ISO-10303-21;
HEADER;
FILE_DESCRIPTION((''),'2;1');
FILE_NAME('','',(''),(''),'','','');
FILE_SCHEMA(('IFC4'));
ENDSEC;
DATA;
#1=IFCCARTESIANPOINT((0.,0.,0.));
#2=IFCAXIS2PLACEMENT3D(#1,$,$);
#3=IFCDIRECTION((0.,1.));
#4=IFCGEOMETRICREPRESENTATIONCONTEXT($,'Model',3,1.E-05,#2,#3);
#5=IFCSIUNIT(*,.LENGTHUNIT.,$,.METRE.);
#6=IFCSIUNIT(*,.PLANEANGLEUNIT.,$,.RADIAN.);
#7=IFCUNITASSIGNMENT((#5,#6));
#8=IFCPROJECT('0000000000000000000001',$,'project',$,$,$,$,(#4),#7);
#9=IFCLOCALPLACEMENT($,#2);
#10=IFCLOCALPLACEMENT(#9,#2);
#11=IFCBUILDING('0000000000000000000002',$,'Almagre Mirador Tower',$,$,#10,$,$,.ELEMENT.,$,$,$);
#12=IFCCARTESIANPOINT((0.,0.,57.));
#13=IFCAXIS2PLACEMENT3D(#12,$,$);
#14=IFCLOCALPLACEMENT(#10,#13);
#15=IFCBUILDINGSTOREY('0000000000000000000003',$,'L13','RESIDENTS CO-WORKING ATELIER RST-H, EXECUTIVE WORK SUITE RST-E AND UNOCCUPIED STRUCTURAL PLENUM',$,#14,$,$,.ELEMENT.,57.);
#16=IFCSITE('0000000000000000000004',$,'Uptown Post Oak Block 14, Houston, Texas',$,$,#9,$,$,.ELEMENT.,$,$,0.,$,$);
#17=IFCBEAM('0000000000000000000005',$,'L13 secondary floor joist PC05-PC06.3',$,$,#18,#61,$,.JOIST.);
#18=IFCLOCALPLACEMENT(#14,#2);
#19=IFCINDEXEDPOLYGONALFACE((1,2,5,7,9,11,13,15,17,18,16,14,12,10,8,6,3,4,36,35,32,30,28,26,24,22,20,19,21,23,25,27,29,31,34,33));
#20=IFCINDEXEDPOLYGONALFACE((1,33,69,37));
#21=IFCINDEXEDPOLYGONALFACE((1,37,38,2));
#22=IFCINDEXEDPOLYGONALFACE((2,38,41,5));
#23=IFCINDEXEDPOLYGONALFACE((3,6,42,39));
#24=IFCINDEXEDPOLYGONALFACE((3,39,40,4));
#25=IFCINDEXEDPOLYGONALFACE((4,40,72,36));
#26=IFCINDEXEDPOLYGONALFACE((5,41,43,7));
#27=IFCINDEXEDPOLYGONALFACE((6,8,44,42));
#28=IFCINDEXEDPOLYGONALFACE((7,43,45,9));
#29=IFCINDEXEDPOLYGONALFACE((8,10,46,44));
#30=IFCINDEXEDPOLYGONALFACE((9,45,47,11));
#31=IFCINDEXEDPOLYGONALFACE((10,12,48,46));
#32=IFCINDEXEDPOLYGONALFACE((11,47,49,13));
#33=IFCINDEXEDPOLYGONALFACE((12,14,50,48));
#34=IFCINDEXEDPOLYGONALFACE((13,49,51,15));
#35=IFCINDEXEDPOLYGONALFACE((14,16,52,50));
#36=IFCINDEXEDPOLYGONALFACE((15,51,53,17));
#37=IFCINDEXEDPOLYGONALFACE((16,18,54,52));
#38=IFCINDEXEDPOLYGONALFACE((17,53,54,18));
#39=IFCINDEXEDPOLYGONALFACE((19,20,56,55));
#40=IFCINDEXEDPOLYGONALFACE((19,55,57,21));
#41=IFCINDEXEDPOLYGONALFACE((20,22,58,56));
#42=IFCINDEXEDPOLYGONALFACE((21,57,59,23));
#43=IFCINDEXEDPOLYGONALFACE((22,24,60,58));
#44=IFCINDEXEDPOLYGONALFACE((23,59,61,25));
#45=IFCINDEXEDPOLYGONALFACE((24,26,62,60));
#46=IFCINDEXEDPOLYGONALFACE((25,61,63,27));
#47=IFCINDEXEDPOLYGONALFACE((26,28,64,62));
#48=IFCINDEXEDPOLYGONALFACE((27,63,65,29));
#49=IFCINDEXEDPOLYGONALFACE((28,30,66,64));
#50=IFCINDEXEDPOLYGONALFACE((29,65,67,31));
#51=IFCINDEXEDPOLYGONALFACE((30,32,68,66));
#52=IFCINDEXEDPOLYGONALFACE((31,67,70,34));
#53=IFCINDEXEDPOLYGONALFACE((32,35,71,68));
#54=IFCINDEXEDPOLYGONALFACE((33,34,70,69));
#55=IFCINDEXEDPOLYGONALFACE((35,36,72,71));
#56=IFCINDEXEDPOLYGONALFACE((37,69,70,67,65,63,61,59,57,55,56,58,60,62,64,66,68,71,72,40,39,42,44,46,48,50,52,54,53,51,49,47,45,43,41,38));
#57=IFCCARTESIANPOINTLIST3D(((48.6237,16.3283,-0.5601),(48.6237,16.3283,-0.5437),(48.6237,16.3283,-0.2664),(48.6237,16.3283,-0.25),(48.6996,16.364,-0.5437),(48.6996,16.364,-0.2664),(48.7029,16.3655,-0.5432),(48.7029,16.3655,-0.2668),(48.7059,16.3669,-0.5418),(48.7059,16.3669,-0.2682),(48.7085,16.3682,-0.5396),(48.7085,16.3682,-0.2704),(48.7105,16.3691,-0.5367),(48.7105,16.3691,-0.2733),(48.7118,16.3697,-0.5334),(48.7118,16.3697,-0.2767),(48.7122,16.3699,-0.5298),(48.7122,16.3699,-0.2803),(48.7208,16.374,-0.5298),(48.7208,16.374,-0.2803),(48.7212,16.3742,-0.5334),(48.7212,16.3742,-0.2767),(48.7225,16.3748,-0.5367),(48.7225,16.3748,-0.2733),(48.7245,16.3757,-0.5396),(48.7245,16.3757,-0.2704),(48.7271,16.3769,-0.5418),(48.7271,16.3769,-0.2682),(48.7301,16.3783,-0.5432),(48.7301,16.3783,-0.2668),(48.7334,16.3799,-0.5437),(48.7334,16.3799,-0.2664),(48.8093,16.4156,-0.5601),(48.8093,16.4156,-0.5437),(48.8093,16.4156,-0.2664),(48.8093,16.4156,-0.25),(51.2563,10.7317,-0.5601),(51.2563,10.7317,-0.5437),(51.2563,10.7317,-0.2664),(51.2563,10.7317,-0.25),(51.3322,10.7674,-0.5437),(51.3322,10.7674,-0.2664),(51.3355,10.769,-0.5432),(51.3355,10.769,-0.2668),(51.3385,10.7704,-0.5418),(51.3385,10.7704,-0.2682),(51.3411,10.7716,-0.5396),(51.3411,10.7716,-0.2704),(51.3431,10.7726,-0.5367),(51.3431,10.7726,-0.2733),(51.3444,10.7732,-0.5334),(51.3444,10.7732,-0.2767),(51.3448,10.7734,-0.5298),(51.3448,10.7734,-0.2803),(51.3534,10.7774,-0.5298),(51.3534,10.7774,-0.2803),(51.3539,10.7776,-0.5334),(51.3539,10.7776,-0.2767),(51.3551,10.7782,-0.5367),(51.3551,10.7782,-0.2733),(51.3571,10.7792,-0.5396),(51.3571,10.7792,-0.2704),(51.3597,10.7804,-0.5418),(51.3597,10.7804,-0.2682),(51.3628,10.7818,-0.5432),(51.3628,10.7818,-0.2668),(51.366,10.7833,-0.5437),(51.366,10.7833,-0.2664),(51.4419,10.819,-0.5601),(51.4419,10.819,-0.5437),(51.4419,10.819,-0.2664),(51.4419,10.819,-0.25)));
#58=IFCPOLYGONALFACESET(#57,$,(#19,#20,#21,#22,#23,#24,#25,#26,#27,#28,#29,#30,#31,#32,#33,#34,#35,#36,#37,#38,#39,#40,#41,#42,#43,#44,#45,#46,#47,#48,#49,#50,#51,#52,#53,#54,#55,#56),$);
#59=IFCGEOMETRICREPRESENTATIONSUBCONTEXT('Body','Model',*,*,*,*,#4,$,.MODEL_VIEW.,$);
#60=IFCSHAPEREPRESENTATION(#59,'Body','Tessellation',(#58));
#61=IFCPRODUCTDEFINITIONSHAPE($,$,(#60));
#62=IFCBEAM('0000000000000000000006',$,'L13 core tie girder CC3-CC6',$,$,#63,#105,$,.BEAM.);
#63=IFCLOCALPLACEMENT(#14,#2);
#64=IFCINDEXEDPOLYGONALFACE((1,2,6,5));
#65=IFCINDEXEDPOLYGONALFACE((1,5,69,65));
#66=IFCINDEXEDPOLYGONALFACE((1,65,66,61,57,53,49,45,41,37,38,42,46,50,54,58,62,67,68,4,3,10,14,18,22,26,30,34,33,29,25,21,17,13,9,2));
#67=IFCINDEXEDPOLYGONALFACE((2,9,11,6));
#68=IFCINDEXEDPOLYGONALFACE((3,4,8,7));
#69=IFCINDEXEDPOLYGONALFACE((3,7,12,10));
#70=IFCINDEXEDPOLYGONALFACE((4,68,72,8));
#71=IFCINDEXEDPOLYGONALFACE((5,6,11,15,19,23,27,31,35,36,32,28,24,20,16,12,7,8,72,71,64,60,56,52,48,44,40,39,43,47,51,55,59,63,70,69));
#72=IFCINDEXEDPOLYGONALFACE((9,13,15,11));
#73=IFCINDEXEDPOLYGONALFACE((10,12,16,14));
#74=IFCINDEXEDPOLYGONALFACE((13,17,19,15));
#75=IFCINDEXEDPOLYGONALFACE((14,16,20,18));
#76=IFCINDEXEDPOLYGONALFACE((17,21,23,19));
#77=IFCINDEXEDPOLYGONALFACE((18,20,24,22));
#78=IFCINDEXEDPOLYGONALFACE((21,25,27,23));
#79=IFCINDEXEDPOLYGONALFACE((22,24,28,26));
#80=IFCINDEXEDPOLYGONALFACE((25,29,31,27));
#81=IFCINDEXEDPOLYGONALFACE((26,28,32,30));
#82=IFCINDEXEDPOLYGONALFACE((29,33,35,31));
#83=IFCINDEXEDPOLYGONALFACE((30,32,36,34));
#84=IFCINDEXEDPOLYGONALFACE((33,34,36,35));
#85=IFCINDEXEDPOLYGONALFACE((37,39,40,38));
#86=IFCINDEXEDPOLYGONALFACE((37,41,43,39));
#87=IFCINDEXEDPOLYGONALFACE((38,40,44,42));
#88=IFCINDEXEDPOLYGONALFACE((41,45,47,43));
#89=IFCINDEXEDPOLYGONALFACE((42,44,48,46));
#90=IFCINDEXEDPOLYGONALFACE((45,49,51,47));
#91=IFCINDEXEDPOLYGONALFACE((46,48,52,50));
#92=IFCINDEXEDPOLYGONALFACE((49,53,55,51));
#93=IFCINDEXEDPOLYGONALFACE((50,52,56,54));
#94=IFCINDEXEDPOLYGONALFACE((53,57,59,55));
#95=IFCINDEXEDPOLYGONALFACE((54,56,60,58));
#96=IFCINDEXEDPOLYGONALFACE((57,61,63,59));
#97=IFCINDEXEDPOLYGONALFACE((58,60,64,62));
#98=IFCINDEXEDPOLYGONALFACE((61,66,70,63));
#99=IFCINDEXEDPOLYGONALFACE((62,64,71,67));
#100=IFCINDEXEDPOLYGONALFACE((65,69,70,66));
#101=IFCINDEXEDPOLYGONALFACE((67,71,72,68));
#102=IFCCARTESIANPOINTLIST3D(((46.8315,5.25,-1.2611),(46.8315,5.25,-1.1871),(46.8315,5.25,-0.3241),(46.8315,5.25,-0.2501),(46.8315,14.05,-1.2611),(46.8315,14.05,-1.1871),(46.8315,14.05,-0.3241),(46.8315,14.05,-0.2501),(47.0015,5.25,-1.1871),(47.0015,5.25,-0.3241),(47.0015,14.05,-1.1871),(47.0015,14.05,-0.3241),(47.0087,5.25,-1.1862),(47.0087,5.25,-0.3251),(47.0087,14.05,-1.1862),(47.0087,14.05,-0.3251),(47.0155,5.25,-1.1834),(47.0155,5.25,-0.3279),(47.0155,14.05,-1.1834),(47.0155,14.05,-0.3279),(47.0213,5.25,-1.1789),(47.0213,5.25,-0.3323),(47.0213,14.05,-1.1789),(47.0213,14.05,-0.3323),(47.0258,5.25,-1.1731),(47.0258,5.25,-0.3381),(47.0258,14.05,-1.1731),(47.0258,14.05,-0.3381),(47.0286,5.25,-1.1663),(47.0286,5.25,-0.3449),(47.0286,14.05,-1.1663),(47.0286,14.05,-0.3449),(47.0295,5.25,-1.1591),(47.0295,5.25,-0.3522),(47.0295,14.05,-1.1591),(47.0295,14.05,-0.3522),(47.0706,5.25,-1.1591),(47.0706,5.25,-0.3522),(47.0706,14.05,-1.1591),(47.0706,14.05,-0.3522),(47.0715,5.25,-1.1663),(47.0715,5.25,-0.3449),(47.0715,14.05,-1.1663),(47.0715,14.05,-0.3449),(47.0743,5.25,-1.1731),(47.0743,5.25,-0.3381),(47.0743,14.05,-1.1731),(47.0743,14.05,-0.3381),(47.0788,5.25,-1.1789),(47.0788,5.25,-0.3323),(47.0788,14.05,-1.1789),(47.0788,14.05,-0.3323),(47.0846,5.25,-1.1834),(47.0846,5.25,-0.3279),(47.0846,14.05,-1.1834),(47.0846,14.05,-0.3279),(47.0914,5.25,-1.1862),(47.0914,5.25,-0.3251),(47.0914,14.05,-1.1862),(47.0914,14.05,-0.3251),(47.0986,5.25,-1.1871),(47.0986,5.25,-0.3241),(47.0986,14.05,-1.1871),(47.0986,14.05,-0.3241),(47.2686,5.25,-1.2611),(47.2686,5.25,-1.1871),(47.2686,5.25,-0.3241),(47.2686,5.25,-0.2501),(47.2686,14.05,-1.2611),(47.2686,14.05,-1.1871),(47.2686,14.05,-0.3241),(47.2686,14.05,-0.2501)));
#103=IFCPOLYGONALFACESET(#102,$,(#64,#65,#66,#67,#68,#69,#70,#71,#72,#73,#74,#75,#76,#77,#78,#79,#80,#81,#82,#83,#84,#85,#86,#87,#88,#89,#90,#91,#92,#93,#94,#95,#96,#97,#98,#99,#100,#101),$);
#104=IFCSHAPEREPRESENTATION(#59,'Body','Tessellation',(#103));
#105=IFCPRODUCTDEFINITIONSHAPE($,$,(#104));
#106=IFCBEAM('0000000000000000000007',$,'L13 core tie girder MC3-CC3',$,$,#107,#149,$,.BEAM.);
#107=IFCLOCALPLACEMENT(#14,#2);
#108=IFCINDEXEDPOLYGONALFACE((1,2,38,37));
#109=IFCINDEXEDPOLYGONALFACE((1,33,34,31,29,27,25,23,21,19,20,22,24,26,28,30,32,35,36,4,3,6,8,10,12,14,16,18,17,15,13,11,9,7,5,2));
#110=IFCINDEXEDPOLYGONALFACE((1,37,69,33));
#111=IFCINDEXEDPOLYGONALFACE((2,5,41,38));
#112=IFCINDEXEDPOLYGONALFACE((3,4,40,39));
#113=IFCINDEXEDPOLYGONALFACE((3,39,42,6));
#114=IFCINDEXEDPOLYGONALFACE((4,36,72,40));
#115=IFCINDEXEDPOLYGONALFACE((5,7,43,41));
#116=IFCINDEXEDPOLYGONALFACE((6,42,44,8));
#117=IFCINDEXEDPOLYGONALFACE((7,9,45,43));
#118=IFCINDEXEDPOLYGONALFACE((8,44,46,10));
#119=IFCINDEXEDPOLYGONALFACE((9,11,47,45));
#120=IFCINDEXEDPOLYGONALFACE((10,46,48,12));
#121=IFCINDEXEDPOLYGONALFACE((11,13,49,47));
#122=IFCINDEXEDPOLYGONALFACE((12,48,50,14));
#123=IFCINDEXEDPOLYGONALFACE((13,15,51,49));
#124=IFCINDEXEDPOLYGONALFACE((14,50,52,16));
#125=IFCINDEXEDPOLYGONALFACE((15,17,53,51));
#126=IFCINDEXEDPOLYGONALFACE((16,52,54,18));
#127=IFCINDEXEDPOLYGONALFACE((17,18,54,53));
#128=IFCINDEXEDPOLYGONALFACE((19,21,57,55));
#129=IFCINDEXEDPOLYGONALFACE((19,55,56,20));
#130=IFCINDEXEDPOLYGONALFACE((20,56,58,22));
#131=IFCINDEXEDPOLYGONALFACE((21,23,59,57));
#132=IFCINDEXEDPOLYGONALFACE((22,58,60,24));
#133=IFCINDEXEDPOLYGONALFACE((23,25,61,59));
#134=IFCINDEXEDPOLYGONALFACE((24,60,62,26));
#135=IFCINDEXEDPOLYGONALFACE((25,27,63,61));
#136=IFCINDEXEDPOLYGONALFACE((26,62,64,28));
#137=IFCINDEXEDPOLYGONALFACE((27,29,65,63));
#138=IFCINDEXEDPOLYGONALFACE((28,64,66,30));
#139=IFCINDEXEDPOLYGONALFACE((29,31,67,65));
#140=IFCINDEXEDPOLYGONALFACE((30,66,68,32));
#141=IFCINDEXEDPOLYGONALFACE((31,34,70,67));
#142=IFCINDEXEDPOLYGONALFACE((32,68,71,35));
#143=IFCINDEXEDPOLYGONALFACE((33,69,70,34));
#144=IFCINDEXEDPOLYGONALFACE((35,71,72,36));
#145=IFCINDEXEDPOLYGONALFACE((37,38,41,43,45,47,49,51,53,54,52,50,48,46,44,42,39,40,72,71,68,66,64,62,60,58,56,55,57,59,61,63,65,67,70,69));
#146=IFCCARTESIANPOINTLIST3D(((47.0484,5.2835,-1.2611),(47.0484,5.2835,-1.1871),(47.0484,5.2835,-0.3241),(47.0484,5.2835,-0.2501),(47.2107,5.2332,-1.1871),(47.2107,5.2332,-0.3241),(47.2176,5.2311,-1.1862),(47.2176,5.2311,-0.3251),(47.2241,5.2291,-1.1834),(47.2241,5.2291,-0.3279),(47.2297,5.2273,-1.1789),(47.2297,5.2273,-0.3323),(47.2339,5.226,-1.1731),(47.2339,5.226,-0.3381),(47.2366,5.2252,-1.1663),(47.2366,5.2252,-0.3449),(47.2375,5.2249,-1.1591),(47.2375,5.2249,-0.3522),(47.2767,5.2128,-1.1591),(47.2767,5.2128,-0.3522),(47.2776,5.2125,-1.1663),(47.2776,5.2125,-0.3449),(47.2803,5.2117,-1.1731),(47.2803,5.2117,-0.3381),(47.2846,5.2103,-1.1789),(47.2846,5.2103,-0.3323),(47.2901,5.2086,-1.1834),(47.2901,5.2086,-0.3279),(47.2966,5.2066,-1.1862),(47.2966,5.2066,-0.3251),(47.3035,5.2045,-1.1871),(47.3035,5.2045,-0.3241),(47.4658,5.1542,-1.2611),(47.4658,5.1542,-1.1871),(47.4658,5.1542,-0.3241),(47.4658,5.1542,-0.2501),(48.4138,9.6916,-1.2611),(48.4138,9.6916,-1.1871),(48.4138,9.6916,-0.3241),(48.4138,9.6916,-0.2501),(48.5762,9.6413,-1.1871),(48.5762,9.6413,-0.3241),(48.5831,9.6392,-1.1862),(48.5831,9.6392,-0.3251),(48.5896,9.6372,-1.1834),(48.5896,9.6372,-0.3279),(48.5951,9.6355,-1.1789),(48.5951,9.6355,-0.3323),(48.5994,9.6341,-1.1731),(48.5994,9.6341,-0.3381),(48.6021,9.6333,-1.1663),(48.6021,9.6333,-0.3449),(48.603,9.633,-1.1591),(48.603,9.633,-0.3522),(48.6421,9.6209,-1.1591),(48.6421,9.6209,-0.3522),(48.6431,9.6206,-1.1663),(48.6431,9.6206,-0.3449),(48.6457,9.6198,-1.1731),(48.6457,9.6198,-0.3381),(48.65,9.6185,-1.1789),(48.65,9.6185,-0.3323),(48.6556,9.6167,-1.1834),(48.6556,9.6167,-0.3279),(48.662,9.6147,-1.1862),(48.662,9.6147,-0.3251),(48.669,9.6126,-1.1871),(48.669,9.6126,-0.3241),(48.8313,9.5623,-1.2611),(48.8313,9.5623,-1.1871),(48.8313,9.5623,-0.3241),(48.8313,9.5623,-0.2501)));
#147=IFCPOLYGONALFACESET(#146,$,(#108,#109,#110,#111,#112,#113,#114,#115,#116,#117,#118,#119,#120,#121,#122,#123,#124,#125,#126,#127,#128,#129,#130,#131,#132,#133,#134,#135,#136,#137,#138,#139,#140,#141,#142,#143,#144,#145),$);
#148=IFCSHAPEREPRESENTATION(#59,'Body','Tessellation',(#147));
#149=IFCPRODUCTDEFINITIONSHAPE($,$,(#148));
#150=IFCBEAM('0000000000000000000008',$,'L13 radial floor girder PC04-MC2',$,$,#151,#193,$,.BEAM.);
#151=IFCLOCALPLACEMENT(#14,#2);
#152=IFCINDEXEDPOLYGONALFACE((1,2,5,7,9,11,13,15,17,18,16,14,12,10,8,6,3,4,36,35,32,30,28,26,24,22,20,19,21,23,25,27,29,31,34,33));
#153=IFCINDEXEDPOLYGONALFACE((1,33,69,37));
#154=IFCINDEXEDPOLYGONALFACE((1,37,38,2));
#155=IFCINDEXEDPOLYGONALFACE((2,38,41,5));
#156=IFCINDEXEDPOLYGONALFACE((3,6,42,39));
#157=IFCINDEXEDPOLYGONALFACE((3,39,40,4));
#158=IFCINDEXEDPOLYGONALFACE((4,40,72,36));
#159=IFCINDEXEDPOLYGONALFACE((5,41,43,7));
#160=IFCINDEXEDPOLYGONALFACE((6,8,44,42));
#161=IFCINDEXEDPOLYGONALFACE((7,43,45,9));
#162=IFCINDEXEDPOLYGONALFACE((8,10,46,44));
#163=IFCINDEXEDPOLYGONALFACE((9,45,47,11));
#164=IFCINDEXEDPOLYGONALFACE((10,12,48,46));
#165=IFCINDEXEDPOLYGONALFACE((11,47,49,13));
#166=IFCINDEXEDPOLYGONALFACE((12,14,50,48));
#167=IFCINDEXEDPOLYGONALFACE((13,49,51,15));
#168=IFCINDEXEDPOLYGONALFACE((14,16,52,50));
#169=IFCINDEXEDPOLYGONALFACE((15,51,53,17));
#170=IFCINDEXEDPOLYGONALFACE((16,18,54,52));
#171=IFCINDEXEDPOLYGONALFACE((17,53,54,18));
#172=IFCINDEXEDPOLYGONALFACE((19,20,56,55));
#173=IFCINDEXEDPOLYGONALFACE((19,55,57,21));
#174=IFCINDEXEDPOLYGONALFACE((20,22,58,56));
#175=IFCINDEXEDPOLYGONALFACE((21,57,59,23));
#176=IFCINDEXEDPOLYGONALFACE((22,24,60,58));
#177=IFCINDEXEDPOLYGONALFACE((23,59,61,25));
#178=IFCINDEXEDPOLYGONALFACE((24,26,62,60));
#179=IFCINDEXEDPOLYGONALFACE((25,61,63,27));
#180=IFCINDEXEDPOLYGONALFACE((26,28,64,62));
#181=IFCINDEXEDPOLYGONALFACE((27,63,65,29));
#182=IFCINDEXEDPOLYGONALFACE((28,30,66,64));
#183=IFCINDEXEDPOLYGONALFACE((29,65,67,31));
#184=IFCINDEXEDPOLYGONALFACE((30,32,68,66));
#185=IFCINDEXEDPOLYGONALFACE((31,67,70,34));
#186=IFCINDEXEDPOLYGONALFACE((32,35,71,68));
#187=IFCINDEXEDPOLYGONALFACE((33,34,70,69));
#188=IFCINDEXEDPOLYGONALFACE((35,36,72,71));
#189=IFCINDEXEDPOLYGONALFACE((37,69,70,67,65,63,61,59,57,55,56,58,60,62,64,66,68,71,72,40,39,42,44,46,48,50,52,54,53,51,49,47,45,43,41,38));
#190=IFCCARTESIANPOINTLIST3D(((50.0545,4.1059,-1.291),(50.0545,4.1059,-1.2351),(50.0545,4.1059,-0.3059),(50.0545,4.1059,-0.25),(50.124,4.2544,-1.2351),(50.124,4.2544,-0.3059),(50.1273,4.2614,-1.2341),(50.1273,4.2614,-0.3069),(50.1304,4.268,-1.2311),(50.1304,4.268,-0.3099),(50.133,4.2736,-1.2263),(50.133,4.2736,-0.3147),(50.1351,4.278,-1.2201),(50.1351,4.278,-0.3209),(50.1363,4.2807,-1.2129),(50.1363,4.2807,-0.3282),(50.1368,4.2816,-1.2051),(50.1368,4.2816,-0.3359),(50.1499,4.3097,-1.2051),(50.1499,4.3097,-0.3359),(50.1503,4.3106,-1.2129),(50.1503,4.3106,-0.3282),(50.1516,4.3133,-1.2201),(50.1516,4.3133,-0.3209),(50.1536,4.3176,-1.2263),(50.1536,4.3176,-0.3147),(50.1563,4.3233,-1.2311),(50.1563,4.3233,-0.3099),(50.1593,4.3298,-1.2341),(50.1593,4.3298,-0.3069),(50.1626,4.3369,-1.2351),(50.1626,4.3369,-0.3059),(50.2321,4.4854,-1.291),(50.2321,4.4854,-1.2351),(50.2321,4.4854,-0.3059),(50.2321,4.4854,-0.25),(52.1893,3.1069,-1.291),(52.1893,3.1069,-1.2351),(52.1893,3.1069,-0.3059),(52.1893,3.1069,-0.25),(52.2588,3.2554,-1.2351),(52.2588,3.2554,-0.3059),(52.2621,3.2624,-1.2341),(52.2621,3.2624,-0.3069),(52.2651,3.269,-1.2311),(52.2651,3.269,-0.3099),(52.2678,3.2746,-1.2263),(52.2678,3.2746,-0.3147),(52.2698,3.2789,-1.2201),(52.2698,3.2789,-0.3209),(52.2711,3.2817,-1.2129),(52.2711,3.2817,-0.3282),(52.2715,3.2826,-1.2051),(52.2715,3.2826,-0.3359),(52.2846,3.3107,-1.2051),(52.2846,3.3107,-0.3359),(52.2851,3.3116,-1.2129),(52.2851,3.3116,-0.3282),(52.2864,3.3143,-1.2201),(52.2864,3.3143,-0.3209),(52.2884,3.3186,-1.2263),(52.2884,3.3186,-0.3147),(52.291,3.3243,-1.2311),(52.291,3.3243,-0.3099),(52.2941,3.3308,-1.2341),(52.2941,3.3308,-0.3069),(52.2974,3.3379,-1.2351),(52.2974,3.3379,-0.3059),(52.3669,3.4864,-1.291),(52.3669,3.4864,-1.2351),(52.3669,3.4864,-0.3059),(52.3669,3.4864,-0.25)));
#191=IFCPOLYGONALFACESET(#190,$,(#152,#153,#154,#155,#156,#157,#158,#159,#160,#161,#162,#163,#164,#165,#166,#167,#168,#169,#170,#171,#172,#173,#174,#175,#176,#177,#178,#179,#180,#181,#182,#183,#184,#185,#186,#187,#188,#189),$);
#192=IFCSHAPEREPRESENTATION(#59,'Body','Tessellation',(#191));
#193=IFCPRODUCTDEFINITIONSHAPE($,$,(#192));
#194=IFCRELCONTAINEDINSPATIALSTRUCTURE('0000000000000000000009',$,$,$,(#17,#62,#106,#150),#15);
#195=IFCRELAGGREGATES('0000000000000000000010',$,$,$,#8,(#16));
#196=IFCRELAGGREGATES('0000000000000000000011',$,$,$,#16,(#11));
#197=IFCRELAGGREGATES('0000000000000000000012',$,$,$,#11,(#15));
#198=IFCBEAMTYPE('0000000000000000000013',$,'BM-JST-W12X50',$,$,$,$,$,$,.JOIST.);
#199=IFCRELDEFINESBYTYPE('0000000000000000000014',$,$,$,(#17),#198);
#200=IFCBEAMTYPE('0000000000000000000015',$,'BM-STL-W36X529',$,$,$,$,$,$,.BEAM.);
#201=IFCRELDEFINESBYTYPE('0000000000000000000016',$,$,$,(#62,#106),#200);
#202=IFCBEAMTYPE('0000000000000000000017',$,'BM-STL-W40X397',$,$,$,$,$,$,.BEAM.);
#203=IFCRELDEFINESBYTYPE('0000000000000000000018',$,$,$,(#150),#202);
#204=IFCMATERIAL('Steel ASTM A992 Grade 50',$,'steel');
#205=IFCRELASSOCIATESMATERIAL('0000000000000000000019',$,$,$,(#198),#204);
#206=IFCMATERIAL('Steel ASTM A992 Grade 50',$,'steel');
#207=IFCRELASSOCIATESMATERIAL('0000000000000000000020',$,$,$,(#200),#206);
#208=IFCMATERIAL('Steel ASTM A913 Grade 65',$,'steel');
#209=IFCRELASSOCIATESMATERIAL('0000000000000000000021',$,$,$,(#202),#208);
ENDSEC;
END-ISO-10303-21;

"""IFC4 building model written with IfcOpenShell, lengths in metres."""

from ifc_helpers import new_model, si_unit, direction, frame, origin, origin_2d, place, context, subcontext, project, spatial, i_section, extrude, material, material_profile, profile_set, type_object, element, save


model = new_model("IFC4")

# Units and contexts
model_context = context("Model", 3, precision=1e-05, world=origin(), true_north=direction((0.0, 1.0)))
body_context = subcontext(model_context, "Body", "Model", "MODEL_VIEW")
ifc_project = project(units=[si_unit("LENGTHUNIT", "METRE"), si_unit("PLANEANGLEUNIT", "RADIAN")], contexts=[model_context])

# Site, building, storey
site_placement = place(None, origin())
site = spatial("IfcSite", under=ifc_project, at=site_placement, Name="Uptown Post Oak Block 14, Houston, Texas", CompositionType="ELEMENT", RefElevation=0.0)
building_placement = place(site_placement, origin())
building = spatial("IfcBuilding", under=site, at=building_placement, Name="Almagre Mirador Tower", CompositionType="ELEMENT")
storey_placement = place(building_placement, frame((0.0, 0.0, 57.0)))
storey = spatial("IfcBuildingStorey", under=building, at=storey_placement, Name="L13", Description="RESIDENTS CO-WORKING ATELIER RST-H, EXECUTIVE WORK SUITE RST-E AND UNOCCUPIED STRUCTURAL PLENUM", CompositionType="ELEMENT", Elevation=57.0)

# Beams
ifc_material_1 = material(Name="Steel ASTM A992 Grade 50", Category="steel")
ifc_material_profile_1 = material_profile(ifc_material_1, i_section(OverallWidth=0.2051, OverallDepth=0.3101, WebThickness=0.0095, FlangeThickness=0.0164, FilletRadius=0.0139, at=origin_2d()), Name="W12X50")
ifc_profile_set_1 = profile_set([ifc_material_profile_1], Name="Steel ASTM A992 Grade 50")
beam_type_1 = type_object("IfcBeamType", Name="BM-JST-W12X50", PredefinedType="JOIST", material=ifc_profile_set_1)
beam_1_placement = place(storey_placement, frame((51.3491, 10.7754, -0.405), z_axis=(-0.425658, 0.904884, 0.0), x_axis=(-0.904884, -0.425658, 0.0)))
element("IfcBeam", 1, at=beam_1_placement, inside=storey, type_object=beam_type_1, Name="L13 secondary floor joist PC05-PC06.3", PredefinedType="JOIST", context=body_context, shape_type="SweptSolid", body=[
    extrude(i_section(OverallWidth=0.2051, OverallDepth=0.3101, WebThickness=0.0095, FlangeThickness=0.0164, FilletRadius=0.0139, at=origin_2d()), origin(), (0.0, 0.0, 1.0), 6.1848),
])
ifc_material_2 = material(Name="Steel ASTM A992 Grade 50", Category="steel")
ifc_material_profile_2 = material_profile(ifc_material_2, i_section(OverallWidth=0.437, OverallDepth=1.011, WebThickness=0.041, FlangeThickness=0.074, FilletRadius=0.0281, at=origin_2d()), Name="W36X529")
ifc_profile_set_2 = profile_set([ifc_material_profile_2], Name="Steel ASTM A992 Grade 50")
beam_type_2 = type_object("IfcBeamType", Name="BM-STL-W36X529", PredefinedType="BEAM", material=ifc_profile_set_2)
beam_2_placement = place(storey_placement, frame((47.05, 5.25, -0.7556), z_axis=(0.0, 1.0, 0.0), x_axis=(-1.0, 0.0, 0.0)))
element("IfcBeam", 2, at=beam_2_placement, inside=storey, type_object=beam_type_2, Name="L13 core tie girder CC3-CC6", PredefinedType="BEAM", context=body_context, shape_type="SweptSolid", body=[
    extrude(i_section(OverallWidth=0.437, OverallDepth=1.011, WebThickness=0.041, FlangeThickness=0.074, FilletRadius=0.0281, at=origin_2d()), origin(), (0.0, 0.0, 1.0), 8.8),
])
beam_3_placement = place(storey_placement, frame((48.6226, 9.627, -0.7556), z_axis=(-0.295888, -0.955223, 0.0), x_axis=(0.955223, -0.295888, 0.0)))
element("IfcBeam", 3, at=beam_3_placement, inside=storey, type_object=beam_type_2, Name="L13 core tie girder MC3-CC3", PredefinedType="BEAM", context=body_context, shape_type="SweptSolid", body=[
    extrude(i_section(OverallWidth=0.437, OverallDepth=1.011, WebThickness=0.041, FlangeThickness=0.074, FilletRadius=0.0281, at=origin_2d()), origin(), (0.0, 0.0, 1.0), 4.6147),
])
ifc_material_3 = material(Name="Steel ASTM A913 Grade 65", Category="steel")
ifc_material_profile_3 = material_profile(ifc_material_3, i_section(OverallWidth=0.4189, OverallDepth=1.041, WebThickness=0.031, FlangeThickness=0.0559, FilletRadius=0.03, at=origin_2d()), Name="W40X397")
ifc_profile_set_3 = profile_set([ifc_material_profile_3], Name="Steel ASTM A913 Grade 65")
beam_type_3 = type_object("IfcBeamType", Name="BM-STL-W40X397", PredefinedType="BEAM", material=ifc_profile_set_3)
beam_4_placement = place(storey_placement, frame((52.2781, 3.2966, -0.7705), z_axis=(-0.905727, 0.423861, 0.0), x_axis=(-0.423861, -0.905727, 0.0)))
element("IfcBeam", 4, at=beam_4_placement, inside=storey, type_object=beam_type_3, Name="L13 radial floor girder PC04-MC2", PredefinedType="BEAM", context=body_context, shape_type="SweptSolid", body=[
    extrude(i_section(OverallWidth=0.4189, OverallDepth=1.041, WebThickness=0.031, FlangeThickness=0.0559, FilletRadius=0.03, at=origin_2d()), origin(), (0.0, 0.0, 1.0), 2.3569),
])

save(model, "model.ifc")
